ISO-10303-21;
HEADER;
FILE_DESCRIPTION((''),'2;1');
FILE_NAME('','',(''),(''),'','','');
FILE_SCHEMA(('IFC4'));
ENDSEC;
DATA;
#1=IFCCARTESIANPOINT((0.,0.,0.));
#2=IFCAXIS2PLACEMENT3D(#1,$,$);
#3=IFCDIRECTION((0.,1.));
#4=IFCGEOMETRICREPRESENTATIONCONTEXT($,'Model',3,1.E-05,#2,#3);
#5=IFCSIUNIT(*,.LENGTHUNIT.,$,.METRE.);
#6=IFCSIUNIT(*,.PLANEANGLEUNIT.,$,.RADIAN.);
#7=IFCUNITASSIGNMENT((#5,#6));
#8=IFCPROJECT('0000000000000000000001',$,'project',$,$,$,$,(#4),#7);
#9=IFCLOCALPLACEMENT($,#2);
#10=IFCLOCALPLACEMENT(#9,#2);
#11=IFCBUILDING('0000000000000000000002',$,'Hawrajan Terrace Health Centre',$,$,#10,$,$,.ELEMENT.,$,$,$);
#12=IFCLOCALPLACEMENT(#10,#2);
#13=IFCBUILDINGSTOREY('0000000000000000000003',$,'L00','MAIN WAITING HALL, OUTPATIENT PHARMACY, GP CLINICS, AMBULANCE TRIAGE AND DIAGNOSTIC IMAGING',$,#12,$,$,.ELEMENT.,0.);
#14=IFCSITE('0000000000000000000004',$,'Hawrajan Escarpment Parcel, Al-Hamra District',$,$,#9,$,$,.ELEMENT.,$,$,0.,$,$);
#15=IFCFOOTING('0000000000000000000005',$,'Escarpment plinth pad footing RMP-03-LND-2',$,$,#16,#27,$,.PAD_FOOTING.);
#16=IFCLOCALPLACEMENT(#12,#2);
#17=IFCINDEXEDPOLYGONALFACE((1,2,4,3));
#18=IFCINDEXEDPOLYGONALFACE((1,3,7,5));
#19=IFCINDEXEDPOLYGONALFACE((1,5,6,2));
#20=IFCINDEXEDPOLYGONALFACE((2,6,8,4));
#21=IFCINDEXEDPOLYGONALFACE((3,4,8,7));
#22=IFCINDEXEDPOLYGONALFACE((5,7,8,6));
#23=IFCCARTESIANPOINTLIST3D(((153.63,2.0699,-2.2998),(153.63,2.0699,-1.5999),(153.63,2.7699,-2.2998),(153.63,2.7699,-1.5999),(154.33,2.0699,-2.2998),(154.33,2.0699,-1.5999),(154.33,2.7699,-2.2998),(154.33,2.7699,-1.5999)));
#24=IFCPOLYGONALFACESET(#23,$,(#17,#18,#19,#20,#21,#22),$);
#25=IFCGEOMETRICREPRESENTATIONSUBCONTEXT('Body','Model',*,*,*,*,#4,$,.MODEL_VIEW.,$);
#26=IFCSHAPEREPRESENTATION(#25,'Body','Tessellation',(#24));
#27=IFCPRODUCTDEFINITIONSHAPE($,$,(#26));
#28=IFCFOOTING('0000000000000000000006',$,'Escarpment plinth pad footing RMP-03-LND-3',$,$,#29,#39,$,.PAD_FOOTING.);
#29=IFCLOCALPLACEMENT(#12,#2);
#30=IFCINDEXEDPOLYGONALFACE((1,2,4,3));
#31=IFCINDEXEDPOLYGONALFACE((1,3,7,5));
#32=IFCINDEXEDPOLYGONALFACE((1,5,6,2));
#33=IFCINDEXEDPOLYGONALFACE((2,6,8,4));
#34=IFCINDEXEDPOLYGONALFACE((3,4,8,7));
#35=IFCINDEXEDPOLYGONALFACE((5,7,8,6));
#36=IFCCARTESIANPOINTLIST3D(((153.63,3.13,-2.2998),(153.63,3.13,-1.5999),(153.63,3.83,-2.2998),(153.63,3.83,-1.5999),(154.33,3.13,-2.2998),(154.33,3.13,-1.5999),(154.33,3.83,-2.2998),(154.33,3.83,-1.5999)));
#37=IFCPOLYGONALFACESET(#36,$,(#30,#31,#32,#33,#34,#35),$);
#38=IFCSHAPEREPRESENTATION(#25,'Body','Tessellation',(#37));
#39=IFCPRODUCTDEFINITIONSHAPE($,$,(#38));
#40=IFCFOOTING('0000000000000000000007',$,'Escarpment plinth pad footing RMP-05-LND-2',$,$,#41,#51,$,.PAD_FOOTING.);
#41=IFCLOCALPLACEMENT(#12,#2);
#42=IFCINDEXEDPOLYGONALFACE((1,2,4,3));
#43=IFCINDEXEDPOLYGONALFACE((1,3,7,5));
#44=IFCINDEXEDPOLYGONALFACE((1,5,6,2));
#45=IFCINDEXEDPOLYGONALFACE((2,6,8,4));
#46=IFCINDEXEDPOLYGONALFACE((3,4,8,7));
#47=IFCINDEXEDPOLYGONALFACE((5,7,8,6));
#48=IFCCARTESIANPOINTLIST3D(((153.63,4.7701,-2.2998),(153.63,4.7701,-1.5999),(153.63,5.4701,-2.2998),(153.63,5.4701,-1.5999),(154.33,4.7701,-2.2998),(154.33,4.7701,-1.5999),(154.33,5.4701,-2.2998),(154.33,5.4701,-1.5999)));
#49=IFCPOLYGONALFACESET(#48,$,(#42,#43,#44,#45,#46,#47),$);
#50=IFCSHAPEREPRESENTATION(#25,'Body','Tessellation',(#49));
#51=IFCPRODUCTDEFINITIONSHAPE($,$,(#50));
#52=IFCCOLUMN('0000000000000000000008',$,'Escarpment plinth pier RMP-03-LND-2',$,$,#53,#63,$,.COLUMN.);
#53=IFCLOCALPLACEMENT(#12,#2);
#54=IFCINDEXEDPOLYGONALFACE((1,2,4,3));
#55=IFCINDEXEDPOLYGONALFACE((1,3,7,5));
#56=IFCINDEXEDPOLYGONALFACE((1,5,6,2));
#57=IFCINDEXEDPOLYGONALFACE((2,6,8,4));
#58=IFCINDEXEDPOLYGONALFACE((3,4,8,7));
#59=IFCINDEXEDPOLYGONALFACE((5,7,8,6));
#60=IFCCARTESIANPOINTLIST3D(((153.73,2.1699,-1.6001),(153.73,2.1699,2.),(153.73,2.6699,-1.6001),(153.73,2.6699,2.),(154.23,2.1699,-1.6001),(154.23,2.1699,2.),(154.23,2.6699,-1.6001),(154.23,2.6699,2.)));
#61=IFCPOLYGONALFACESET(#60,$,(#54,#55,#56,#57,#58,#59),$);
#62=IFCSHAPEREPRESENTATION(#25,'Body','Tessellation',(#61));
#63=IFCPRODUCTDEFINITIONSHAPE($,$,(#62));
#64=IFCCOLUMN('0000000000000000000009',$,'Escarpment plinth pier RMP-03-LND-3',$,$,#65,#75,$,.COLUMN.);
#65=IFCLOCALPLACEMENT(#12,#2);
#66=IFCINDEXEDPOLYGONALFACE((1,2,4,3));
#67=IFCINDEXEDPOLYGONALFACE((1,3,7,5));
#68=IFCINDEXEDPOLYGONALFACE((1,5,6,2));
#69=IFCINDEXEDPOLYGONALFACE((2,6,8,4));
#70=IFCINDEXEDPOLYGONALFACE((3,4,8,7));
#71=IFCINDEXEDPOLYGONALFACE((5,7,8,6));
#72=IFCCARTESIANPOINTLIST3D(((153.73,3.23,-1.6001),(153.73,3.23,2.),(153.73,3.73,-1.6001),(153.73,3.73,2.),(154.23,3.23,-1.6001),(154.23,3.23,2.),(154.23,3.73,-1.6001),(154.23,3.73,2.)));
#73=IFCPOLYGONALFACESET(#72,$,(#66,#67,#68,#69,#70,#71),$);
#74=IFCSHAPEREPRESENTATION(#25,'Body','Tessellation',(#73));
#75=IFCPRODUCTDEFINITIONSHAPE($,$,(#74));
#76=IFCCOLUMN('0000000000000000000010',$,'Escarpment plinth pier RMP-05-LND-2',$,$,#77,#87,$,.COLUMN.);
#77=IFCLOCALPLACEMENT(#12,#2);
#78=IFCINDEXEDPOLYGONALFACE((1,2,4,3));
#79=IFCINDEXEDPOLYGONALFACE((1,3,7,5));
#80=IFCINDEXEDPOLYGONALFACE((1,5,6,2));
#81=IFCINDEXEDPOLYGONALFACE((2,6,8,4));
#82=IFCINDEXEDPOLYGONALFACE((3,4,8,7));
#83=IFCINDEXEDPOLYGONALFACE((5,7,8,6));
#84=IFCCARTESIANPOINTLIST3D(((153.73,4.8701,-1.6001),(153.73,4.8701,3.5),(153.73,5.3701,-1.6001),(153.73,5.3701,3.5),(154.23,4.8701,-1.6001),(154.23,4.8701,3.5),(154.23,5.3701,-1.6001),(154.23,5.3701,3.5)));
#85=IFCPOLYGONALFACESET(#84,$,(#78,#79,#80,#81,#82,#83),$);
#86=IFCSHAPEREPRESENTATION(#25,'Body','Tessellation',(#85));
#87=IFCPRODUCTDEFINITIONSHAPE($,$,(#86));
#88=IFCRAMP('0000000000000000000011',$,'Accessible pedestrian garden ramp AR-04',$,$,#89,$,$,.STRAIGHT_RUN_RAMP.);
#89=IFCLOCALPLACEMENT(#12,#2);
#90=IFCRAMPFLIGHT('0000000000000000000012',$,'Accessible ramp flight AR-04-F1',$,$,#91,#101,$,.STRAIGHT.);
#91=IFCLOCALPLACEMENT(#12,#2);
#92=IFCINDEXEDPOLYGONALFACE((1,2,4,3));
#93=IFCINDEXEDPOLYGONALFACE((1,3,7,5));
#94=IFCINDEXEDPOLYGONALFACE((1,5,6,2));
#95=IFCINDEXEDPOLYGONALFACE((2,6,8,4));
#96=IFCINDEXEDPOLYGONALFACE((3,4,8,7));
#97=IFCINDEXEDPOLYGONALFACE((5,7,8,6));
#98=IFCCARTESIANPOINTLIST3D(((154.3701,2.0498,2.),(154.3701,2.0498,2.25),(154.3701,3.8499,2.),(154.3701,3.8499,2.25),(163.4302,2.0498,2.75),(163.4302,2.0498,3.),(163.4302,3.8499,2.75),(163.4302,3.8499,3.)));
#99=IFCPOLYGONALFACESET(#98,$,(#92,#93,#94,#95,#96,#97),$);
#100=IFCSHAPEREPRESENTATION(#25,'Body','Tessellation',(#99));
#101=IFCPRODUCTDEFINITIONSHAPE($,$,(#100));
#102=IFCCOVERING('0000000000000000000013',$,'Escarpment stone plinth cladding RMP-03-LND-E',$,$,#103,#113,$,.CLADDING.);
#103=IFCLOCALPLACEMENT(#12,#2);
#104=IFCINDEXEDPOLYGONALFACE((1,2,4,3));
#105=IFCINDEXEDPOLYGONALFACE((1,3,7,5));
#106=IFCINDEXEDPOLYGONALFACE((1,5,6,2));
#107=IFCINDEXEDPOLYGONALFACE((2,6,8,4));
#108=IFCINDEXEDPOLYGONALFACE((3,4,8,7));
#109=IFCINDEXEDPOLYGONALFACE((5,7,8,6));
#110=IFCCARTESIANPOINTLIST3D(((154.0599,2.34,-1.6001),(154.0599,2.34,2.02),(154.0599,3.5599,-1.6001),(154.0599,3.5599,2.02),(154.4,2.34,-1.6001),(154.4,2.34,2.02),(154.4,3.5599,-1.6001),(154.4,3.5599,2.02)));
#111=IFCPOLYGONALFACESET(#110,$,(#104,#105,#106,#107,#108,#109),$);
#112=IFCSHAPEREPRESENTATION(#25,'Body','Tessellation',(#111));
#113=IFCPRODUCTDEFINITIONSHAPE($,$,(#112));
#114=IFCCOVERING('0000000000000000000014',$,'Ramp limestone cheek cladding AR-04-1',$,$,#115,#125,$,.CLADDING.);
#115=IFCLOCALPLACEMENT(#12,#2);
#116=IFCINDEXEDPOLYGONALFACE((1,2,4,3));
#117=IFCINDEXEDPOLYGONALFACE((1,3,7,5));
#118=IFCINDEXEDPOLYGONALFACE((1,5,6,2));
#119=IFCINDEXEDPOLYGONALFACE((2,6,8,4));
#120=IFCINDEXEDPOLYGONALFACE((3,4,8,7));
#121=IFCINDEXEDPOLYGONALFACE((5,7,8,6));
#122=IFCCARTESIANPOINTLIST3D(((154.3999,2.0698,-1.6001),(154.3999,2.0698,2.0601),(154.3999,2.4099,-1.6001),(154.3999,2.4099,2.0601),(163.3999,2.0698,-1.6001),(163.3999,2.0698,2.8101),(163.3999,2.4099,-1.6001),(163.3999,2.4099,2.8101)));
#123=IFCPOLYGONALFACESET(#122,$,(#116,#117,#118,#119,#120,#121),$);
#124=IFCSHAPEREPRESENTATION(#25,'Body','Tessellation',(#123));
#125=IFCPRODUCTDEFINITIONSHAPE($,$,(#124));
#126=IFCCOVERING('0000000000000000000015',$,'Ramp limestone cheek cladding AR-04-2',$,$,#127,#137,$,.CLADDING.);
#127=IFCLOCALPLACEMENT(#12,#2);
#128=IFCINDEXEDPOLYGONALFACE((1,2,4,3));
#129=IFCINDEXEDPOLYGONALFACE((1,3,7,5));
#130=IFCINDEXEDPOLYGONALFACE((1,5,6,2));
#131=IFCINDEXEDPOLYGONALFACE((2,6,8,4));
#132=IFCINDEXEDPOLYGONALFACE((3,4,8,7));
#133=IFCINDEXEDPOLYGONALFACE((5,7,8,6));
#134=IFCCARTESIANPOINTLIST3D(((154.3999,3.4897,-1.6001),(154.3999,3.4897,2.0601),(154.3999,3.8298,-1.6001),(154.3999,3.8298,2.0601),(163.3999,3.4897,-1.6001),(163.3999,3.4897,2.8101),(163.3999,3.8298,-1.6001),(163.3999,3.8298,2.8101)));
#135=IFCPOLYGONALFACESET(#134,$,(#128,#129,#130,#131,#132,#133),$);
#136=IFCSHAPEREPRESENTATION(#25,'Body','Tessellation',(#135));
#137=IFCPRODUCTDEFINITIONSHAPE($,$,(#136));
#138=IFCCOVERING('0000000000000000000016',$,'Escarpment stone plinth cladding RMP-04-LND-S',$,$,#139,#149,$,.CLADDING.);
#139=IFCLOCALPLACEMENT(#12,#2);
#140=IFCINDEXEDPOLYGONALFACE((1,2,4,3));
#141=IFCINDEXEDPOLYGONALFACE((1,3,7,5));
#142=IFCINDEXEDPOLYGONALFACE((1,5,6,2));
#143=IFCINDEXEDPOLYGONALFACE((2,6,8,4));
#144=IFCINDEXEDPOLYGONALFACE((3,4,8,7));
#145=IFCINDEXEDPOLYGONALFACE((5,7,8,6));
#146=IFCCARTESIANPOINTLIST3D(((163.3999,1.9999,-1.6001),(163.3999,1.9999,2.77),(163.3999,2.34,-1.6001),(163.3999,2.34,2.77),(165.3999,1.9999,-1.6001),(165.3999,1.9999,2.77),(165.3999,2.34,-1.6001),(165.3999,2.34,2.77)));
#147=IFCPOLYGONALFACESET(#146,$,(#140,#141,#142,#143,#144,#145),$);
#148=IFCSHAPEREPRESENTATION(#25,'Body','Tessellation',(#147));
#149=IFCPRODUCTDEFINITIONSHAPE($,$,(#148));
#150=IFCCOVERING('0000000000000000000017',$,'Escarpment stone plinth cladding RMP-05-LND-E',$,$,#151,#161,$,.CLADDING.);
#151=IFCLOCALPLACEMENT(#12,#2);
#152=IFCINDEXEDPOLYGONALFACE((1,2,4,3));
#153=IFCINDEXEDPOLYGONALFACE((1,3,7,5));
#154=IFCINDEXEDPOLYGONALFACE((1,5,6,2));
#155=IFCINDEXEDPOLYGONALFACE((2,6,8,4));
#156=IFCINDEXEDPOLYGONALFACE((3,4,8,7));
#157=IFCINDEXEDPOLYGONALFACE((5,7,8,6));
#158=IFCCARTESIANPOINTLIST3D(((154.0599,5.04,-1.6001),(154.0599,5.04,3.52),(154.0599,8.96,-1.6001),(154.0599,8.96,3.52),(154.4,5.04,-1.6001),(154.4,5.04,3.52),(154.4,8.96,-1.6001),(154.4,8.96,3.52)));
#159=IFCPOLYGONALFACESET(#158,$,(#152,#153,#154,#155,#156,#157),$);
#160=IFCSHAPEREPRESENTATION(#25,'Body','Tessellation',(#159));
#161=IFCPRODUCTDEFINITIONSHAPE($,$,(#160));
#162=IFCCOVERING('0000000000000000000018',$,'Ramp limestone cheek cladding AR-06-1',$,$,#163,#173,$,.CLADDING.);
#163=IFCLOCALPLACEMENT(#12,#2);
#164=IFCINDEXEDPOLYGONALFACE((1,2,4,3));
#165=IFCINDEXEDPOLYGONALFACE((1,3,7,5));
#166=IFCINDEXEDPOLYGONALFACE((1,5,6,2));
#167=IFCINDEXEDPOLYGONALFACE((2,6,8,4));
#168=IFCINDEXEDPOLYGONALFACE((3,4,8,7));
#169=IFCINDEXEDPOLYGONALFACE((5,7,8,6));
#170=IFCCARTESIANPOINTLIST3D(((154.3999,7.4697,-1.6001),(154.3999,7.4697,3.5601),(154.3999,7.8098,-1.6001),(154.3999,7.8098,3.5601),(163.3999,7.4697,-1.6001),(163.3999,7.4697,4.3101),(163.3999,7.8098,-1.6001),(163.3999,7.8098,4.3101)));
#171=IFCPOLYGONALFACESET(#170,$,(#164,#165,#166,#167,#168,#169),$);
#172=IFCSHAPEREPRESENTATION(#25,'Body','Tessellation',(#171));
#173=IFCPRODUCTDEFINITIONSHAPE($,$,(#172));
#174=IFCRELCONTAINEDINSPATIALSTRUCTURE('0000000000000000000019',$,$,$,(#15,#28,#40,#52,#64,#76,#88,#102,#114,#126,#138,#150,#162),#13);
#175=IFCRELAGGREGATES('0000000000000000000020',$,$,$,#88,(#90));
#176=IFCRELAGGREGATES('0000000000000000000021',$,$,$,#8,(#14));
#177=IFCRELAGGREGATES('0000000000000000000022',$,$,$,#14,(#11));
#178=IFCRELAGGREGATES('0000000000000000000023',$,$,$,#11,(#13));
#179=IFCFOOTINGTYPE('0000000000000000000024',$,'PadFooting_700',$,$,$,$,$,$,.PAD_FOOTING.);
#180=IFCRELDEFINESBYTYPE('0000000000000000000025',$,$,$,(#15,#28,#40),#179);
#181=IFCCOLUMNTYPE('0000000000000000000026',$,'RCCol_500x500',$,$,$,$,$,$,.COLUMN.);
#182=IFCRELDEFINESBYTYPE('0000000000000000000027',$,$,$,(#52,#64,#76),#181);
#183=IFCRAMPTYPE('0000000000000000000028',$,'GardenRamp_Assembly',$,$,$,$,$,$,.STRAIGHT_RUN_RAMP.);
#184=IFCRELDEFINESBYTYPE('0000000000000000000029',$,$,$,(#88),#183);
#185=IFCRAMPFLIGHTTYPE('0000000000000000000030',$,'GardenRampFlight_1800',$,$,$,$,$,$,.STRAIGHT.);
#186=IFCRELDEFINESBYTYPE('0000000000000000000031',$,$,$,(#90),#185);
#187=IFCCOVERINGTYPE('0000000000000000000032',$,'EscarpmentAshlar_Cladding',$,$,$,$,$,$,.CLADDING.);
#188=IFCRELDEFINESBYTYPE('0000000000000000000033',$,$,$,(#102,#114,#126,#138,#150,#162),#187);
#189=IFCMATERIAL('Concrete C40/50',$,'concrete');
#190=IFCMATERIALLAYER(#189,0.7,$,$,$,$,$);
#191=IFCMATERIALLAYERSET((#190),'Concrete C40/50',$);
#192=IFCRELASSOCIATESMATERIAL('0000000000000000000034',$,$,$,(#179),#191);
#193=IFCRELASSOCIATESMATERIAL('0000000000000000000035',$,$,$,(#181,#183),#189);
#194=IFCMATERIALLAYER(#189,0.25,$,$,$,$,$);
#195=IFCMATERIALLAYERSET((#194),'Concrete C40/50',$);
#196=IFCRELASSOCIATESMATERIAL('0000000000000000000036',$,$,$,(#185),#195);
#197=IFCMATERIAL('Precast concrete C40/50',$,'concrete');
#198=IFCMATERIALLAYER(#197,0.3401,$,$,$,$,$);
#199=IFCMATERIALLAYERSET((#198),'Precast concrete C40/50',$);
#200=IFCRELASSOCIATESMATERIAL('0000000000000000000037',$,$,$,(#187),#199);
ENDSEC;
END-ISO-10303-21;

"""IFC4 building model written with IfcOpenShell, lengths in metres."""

from ifc_helpers import new_model, si_unit, direction, frame, frame_2d, origin, origin_2d, place, context, subcontext, project, spatial, polyline, rectangle, outline, extrude, material, layer, layer_set, material_profile, profile_set, type_object, element, aggregate, save


model = new_model("IFC4")

# Units and contexts
model_context = context("Model", 3, precision=1e-05, world=origin(), true_north=direction((0.0, 1.0)))
body_context = subcontext(model_context, "Body", "Model", "MODEL_VIEW")
ifc_project = project(units=[si_unit("LENGTHUNIT", "METRE"), si_unit("PLANEANGLEUNIT", "RADIAN")], contexts=[model_context])

# Site, building, storey
site_placement = place(None, origin())
site = spatial("IfcSite", under=ifc_project, at=site_placement, Name="Hawrajan Escarpment Parcel, Al-Hamra District", CompositionType="ELEMENT", RefElevation=0.0)
building_placement = place(site_placement, origin())
building = spatial("IfcBuilding", under=site, at=building_placement, Name="Hawrajan Terrace Health Centre", CompositionType="ELEMENT")
storey_placement = place(building_placement, origin())
storey = spatial("IfcBuildingStorey", under=building, at=storey_placement, Name="L00", Description="MAIN WAITING HALL, OUTPATIENT PHARMACY, GP CLINICS, AMBULANCE TRIAGE AND DIAGNOSTIC IMAGING", CompositionType="ELEMENT", Elevation=0.0)

# Footings
ifc_material_1 = material(Name="Concrete C40/50", Category="concrete")
ifc_layer_1 = layer(ifc_material_1, 0.7)
ifc_layer_set_1 = layer_set([ifc_layer_1], Name="Concrete C40/50")
footing_type = type_object("IfcFootingType", Name="PadFooting_700", PredefinedType="PAD_FOOTING", material=ifc_layer_set_1)
for number, where, z_axis, x_axis, name in (
    (1, (153.98, 2.4199, -2.2998), (0.0, 0.0, 1.0), (1.0, 0.0, 0.0), "Escarpment plinth pad footing RMP-03-LND-2"),
    (2, (153.98, 3.48, -2.2998), (0.0, 0.0, 1.0), (1.0, 0.0, 0.0), "Escarpment plinth pad footing RMP-03-LND-3"),
    (3, (153.98, 5.1201, -2.2998), (0.0, 0.0, 1.0), (1.0, 0.0, 0.0), "Escarpment plinth pad footing RMP-05-LND-2"),
):
    element("IfcFooting", number, at=place(storey_placement, frame(where, z_axis=z_axis, x_axis=x_axis)), inside=storey, type_object=footing_type, Name=name, PredefinedType="PAD_FOOTING", context=body_context, shape_type="SweptSolid", body=[
        extrude(rectangle(XDim=0.7, YDim=0.7, at=origin_2d()), origin(), (0.0, 0.0, 1.0), 0.7),
    ])

# Columns
ifc_material_profile = material_profile(ifc_material_1, rectangle(XDim=0.5, YDim=0.5, at=origin_2d()), Name="RC 500x500")
ifc_profile_set = profile_set([ifc_material_profile], Name="Concrete C40/50")
column_type = type_object("IfcColumnType", Name="RCCol_500x500", PredefinedType="COLUMN", material=ifc_profile_set)
for number, where, z_axis, x_axis, name in (
    (4, (153.98, 2.4199, -1.6001), (0.0, 0.0, 1.0), (1.0, 0.0, 0.0), "Escarpment plinth pier RMP-03-LND-2"),
    (5, (153.98, 3.48, -1.6001), (0.0, 0.0, 1.0), (1.0, 0.0, 0.0), "Escarpment plinth pier RMP-03-LND-3"),
):
    element("IfcColumn", number, at=place(storey_placement, frame(where, z_axis=z_axis, x_axis=x_axis)), inside=storey, type_object=column_type, Name=name, PredefinedType="COLUMN", context=body_context, shape_type="SweptSolid", body=[
        extrude(rectangle(XDim=0.5, YDim=0.5, at=origin_2d()), origin(), (0.0, 0.0, 1.0), 3.6001),
    ])
column_placement = place(storey_placement, frame((153.98, 5.1201, -1.6001), z_axis=(0.0, 0.0, 1.0), x_axis=(1.0, 0.0, 0.0)))
element("IfcColumn", 6, at=column_placement, inside=storey, type_object=column_type, Name="Escarpment plinth pier RMP-05-LND-2", PredefinedType="COLUMN", context=body_context, shape_type="SweptSolid", body=[
    extrude(rectangle(XDim=0.5, YDim=0.5, at=origin_2d()), origin(), (0.0, 0.0, 1.0), 5.1001),
])

# Ramp, ramp flight
ramp_type = type_object("IfcRampType", Name="GardenRamp_Assembly", PredefinedType="STRAIGHT_RUN_RAMP", material=ifc_material_1)
ramp_placement = place(storey_placement, origin())
ramp = element("IfcRamp", 7, at=ramp_placement, inside=storey, type_object=ramp_type, Name="Accessible pedestrian garden ramp AR-04", PredefinedType="STRAIGHT_RUN_RAMP")
ifc_layer_2 = layer(ifc_material_1, 0.25)
ifc_layer_set_2 = layer_set([ifc_layer_2], Name="Concrete C40/50")
ramp_flight_type = type_object("IfcRampFlightType", Name="GardenRampFlight_1800", PredefinedType="STRAIGHT", material=ifc_layer_set_2)
ramp_flight_placement = place(storey_placement, frame((154.3701, 2.95, 2.25), z_axis=(0.0, 0.0, 1.0), x_axis=(1.0, 0.0, 0.0)))
ramp_flight = element("IfcRampFlight", 8, at=ramp_flight_placement, type_object=ramp_flight_type, Name="Accessible ramp flight AR-04-F1", PredefinedType="STRAIGHT", context=body_context, shape_type="SweptSolid", body=[
    extrude(outline(polyline([(0.0, 0.0), (0.0, -0.25), (9.0601, 0.5), (9.0601, 0.75), (0.0, 0.0)])), frame((0.0, 0.8999, 0.0), z_axis=(0.0, -1.0, 0.0), x_axis=(1.0, 0.0, 0.0)), (0.0, 0.0, 1.0), 1.8),
])
aggregate(ramp, [ramp_flight])

# Coverings
ifc_material_2 = material(Name="Precast concrete C40/50", Category="concrete")
ifc_layer_3 = layer(ifc_material_2, 0.3401)
ifc_layer_set_3 = layer_set([ifc_layer_3], Name="Precast concrete C40/50")
covering_type = type_object("IfcCoveringType", Name="EscarpmentAshlar_Cladding", PredefinedType="CLADDING", material=ifc_layer_set_3)
covering_1_placement = place(storey_placement, frame((154.23, 2.3401, -1.6001), z_axis=(0.0, 0.0, 1.0), x_axis=(0.0, 1.0, 0.0)))
element("IfcCovering", 9, at=covering_1_placement, inside=storey, type_object=covering_type, Name="Escarpment stone plinth cladding RMP-03-LND-E", PredefinedType="CLADDING", context=body_context, shape_type="SweptSolid", body=[
    extrude(rectangle(XDim=1.22, YDim=0.3401, at=frame_2d((0.6099, 0.0))), origin(), (0.0, 0.0, 1.0), 3.6201),
])
for number, where, z_axis, x_axis, name in (
    (10, (154.3999, 2.24, -1.6001), (0.0, 0.0, 1.0), (1.0, 0.0, 0.0), "Ramp limestone cheek cladding AR-04-1"),
    (11, (154.3999, 3.6599, -1.6001), (0.0, 0.0, 1.0), (1.0, 0.0, 0.0), "Ramp limestone cheek cladding AR-04-2"),
):
    element("IfcCovering", number, at=place(storey_placement, frame(where, z_axis=z_axis, x_axis=x_axis)), inside=storey, type_object=covering_type, Name=name, PredefinedType="CLADDING", context=body_context, shape_type="SweptSolid", body=[
        extrude(outline(polyline([(0.0, 0.0), (9.0, 0.0), (9.0, 4.4102), (0.0, 3.6602), (0.0, 0.0)])), frame((0.0, 0.1699, 0.0), z_axis=(0.0, -1.0, 0.0), x_axis=(1.0, 0.0, 0.0)), (0.0, 0.0, 1.0), 0.3401),
    ])
covering_2_placement = place(storey_placement, frame((163.3999, 2.1699, -1.6001), z_axis=(0.0, 0.0, 1.0), x_axis=(1.0, 0.0, 0.0)))
element("IfcCovering", 12, at=covering_2_placement, inside=storey, type_object=covering_type, Name="Escarpment stone plinth cladding RMP-04-LND-S", PredefinedType="CLADDING", context=body_context, shape_type="SweptSolid", body=[
    extrude(rectangle(XDim=2.0, YDim=0.3401, at=frame_2d((1.0, 0.0))), origin(), (0.0, 0.0, 1.0), 4.3701),
])
covering_3_placement = place(storey_placement, frame((154.23, 5.04, -1.6001), z_axis=(0.0, 0.0, 1.0), x_axis=(0.0, 1.0, 0.0)))
element("IfcCovering", 13, at=covering_3_placement, inside=storey, type_object=covering_type, Name="Escarpment stone plinth cladding RMP-05-LND-E", PredefinedType="CLADDING", context=body_context, shape_type="SweptSolid", body=[
    extrude(rectangle(XDim=3.9199, YDim=0.3401, at=frame_2d((1.96, 0.0))), origin(), (0.0, 0.0, 1.0), 5.1201),
])
covering_4_placement = place(storey_placement, frame((154.3999, 7.6399, -1.6001), z_axis=(0.0, 0.0, 1.0), x_axis=(1.0, 0.0, 0.0)))
element("IfcCovering", 14, at=covering_4_placement, inside=storey, type_object=covering_type, Name="Ramp limestone cheek cladding AR-06-1", PredefinedType="CLADDING", context=body_context, shape_type="SweptSolid", body=[
    extrude(outline(polyline([(0.0, 0.0), (9.0, 0.0), (9.0, 5.9102), (0.0, 5.1602), (0.0, 0.0)])), frame((0.0, 0.1699, 0.0), z_axis=(0.0, -1.0, 0.0), x_axis=(1.0, 0.0, 0.0)), (0.0, 0.0, 1.0), 0.3401),
])

save(model, "model.ifc")
